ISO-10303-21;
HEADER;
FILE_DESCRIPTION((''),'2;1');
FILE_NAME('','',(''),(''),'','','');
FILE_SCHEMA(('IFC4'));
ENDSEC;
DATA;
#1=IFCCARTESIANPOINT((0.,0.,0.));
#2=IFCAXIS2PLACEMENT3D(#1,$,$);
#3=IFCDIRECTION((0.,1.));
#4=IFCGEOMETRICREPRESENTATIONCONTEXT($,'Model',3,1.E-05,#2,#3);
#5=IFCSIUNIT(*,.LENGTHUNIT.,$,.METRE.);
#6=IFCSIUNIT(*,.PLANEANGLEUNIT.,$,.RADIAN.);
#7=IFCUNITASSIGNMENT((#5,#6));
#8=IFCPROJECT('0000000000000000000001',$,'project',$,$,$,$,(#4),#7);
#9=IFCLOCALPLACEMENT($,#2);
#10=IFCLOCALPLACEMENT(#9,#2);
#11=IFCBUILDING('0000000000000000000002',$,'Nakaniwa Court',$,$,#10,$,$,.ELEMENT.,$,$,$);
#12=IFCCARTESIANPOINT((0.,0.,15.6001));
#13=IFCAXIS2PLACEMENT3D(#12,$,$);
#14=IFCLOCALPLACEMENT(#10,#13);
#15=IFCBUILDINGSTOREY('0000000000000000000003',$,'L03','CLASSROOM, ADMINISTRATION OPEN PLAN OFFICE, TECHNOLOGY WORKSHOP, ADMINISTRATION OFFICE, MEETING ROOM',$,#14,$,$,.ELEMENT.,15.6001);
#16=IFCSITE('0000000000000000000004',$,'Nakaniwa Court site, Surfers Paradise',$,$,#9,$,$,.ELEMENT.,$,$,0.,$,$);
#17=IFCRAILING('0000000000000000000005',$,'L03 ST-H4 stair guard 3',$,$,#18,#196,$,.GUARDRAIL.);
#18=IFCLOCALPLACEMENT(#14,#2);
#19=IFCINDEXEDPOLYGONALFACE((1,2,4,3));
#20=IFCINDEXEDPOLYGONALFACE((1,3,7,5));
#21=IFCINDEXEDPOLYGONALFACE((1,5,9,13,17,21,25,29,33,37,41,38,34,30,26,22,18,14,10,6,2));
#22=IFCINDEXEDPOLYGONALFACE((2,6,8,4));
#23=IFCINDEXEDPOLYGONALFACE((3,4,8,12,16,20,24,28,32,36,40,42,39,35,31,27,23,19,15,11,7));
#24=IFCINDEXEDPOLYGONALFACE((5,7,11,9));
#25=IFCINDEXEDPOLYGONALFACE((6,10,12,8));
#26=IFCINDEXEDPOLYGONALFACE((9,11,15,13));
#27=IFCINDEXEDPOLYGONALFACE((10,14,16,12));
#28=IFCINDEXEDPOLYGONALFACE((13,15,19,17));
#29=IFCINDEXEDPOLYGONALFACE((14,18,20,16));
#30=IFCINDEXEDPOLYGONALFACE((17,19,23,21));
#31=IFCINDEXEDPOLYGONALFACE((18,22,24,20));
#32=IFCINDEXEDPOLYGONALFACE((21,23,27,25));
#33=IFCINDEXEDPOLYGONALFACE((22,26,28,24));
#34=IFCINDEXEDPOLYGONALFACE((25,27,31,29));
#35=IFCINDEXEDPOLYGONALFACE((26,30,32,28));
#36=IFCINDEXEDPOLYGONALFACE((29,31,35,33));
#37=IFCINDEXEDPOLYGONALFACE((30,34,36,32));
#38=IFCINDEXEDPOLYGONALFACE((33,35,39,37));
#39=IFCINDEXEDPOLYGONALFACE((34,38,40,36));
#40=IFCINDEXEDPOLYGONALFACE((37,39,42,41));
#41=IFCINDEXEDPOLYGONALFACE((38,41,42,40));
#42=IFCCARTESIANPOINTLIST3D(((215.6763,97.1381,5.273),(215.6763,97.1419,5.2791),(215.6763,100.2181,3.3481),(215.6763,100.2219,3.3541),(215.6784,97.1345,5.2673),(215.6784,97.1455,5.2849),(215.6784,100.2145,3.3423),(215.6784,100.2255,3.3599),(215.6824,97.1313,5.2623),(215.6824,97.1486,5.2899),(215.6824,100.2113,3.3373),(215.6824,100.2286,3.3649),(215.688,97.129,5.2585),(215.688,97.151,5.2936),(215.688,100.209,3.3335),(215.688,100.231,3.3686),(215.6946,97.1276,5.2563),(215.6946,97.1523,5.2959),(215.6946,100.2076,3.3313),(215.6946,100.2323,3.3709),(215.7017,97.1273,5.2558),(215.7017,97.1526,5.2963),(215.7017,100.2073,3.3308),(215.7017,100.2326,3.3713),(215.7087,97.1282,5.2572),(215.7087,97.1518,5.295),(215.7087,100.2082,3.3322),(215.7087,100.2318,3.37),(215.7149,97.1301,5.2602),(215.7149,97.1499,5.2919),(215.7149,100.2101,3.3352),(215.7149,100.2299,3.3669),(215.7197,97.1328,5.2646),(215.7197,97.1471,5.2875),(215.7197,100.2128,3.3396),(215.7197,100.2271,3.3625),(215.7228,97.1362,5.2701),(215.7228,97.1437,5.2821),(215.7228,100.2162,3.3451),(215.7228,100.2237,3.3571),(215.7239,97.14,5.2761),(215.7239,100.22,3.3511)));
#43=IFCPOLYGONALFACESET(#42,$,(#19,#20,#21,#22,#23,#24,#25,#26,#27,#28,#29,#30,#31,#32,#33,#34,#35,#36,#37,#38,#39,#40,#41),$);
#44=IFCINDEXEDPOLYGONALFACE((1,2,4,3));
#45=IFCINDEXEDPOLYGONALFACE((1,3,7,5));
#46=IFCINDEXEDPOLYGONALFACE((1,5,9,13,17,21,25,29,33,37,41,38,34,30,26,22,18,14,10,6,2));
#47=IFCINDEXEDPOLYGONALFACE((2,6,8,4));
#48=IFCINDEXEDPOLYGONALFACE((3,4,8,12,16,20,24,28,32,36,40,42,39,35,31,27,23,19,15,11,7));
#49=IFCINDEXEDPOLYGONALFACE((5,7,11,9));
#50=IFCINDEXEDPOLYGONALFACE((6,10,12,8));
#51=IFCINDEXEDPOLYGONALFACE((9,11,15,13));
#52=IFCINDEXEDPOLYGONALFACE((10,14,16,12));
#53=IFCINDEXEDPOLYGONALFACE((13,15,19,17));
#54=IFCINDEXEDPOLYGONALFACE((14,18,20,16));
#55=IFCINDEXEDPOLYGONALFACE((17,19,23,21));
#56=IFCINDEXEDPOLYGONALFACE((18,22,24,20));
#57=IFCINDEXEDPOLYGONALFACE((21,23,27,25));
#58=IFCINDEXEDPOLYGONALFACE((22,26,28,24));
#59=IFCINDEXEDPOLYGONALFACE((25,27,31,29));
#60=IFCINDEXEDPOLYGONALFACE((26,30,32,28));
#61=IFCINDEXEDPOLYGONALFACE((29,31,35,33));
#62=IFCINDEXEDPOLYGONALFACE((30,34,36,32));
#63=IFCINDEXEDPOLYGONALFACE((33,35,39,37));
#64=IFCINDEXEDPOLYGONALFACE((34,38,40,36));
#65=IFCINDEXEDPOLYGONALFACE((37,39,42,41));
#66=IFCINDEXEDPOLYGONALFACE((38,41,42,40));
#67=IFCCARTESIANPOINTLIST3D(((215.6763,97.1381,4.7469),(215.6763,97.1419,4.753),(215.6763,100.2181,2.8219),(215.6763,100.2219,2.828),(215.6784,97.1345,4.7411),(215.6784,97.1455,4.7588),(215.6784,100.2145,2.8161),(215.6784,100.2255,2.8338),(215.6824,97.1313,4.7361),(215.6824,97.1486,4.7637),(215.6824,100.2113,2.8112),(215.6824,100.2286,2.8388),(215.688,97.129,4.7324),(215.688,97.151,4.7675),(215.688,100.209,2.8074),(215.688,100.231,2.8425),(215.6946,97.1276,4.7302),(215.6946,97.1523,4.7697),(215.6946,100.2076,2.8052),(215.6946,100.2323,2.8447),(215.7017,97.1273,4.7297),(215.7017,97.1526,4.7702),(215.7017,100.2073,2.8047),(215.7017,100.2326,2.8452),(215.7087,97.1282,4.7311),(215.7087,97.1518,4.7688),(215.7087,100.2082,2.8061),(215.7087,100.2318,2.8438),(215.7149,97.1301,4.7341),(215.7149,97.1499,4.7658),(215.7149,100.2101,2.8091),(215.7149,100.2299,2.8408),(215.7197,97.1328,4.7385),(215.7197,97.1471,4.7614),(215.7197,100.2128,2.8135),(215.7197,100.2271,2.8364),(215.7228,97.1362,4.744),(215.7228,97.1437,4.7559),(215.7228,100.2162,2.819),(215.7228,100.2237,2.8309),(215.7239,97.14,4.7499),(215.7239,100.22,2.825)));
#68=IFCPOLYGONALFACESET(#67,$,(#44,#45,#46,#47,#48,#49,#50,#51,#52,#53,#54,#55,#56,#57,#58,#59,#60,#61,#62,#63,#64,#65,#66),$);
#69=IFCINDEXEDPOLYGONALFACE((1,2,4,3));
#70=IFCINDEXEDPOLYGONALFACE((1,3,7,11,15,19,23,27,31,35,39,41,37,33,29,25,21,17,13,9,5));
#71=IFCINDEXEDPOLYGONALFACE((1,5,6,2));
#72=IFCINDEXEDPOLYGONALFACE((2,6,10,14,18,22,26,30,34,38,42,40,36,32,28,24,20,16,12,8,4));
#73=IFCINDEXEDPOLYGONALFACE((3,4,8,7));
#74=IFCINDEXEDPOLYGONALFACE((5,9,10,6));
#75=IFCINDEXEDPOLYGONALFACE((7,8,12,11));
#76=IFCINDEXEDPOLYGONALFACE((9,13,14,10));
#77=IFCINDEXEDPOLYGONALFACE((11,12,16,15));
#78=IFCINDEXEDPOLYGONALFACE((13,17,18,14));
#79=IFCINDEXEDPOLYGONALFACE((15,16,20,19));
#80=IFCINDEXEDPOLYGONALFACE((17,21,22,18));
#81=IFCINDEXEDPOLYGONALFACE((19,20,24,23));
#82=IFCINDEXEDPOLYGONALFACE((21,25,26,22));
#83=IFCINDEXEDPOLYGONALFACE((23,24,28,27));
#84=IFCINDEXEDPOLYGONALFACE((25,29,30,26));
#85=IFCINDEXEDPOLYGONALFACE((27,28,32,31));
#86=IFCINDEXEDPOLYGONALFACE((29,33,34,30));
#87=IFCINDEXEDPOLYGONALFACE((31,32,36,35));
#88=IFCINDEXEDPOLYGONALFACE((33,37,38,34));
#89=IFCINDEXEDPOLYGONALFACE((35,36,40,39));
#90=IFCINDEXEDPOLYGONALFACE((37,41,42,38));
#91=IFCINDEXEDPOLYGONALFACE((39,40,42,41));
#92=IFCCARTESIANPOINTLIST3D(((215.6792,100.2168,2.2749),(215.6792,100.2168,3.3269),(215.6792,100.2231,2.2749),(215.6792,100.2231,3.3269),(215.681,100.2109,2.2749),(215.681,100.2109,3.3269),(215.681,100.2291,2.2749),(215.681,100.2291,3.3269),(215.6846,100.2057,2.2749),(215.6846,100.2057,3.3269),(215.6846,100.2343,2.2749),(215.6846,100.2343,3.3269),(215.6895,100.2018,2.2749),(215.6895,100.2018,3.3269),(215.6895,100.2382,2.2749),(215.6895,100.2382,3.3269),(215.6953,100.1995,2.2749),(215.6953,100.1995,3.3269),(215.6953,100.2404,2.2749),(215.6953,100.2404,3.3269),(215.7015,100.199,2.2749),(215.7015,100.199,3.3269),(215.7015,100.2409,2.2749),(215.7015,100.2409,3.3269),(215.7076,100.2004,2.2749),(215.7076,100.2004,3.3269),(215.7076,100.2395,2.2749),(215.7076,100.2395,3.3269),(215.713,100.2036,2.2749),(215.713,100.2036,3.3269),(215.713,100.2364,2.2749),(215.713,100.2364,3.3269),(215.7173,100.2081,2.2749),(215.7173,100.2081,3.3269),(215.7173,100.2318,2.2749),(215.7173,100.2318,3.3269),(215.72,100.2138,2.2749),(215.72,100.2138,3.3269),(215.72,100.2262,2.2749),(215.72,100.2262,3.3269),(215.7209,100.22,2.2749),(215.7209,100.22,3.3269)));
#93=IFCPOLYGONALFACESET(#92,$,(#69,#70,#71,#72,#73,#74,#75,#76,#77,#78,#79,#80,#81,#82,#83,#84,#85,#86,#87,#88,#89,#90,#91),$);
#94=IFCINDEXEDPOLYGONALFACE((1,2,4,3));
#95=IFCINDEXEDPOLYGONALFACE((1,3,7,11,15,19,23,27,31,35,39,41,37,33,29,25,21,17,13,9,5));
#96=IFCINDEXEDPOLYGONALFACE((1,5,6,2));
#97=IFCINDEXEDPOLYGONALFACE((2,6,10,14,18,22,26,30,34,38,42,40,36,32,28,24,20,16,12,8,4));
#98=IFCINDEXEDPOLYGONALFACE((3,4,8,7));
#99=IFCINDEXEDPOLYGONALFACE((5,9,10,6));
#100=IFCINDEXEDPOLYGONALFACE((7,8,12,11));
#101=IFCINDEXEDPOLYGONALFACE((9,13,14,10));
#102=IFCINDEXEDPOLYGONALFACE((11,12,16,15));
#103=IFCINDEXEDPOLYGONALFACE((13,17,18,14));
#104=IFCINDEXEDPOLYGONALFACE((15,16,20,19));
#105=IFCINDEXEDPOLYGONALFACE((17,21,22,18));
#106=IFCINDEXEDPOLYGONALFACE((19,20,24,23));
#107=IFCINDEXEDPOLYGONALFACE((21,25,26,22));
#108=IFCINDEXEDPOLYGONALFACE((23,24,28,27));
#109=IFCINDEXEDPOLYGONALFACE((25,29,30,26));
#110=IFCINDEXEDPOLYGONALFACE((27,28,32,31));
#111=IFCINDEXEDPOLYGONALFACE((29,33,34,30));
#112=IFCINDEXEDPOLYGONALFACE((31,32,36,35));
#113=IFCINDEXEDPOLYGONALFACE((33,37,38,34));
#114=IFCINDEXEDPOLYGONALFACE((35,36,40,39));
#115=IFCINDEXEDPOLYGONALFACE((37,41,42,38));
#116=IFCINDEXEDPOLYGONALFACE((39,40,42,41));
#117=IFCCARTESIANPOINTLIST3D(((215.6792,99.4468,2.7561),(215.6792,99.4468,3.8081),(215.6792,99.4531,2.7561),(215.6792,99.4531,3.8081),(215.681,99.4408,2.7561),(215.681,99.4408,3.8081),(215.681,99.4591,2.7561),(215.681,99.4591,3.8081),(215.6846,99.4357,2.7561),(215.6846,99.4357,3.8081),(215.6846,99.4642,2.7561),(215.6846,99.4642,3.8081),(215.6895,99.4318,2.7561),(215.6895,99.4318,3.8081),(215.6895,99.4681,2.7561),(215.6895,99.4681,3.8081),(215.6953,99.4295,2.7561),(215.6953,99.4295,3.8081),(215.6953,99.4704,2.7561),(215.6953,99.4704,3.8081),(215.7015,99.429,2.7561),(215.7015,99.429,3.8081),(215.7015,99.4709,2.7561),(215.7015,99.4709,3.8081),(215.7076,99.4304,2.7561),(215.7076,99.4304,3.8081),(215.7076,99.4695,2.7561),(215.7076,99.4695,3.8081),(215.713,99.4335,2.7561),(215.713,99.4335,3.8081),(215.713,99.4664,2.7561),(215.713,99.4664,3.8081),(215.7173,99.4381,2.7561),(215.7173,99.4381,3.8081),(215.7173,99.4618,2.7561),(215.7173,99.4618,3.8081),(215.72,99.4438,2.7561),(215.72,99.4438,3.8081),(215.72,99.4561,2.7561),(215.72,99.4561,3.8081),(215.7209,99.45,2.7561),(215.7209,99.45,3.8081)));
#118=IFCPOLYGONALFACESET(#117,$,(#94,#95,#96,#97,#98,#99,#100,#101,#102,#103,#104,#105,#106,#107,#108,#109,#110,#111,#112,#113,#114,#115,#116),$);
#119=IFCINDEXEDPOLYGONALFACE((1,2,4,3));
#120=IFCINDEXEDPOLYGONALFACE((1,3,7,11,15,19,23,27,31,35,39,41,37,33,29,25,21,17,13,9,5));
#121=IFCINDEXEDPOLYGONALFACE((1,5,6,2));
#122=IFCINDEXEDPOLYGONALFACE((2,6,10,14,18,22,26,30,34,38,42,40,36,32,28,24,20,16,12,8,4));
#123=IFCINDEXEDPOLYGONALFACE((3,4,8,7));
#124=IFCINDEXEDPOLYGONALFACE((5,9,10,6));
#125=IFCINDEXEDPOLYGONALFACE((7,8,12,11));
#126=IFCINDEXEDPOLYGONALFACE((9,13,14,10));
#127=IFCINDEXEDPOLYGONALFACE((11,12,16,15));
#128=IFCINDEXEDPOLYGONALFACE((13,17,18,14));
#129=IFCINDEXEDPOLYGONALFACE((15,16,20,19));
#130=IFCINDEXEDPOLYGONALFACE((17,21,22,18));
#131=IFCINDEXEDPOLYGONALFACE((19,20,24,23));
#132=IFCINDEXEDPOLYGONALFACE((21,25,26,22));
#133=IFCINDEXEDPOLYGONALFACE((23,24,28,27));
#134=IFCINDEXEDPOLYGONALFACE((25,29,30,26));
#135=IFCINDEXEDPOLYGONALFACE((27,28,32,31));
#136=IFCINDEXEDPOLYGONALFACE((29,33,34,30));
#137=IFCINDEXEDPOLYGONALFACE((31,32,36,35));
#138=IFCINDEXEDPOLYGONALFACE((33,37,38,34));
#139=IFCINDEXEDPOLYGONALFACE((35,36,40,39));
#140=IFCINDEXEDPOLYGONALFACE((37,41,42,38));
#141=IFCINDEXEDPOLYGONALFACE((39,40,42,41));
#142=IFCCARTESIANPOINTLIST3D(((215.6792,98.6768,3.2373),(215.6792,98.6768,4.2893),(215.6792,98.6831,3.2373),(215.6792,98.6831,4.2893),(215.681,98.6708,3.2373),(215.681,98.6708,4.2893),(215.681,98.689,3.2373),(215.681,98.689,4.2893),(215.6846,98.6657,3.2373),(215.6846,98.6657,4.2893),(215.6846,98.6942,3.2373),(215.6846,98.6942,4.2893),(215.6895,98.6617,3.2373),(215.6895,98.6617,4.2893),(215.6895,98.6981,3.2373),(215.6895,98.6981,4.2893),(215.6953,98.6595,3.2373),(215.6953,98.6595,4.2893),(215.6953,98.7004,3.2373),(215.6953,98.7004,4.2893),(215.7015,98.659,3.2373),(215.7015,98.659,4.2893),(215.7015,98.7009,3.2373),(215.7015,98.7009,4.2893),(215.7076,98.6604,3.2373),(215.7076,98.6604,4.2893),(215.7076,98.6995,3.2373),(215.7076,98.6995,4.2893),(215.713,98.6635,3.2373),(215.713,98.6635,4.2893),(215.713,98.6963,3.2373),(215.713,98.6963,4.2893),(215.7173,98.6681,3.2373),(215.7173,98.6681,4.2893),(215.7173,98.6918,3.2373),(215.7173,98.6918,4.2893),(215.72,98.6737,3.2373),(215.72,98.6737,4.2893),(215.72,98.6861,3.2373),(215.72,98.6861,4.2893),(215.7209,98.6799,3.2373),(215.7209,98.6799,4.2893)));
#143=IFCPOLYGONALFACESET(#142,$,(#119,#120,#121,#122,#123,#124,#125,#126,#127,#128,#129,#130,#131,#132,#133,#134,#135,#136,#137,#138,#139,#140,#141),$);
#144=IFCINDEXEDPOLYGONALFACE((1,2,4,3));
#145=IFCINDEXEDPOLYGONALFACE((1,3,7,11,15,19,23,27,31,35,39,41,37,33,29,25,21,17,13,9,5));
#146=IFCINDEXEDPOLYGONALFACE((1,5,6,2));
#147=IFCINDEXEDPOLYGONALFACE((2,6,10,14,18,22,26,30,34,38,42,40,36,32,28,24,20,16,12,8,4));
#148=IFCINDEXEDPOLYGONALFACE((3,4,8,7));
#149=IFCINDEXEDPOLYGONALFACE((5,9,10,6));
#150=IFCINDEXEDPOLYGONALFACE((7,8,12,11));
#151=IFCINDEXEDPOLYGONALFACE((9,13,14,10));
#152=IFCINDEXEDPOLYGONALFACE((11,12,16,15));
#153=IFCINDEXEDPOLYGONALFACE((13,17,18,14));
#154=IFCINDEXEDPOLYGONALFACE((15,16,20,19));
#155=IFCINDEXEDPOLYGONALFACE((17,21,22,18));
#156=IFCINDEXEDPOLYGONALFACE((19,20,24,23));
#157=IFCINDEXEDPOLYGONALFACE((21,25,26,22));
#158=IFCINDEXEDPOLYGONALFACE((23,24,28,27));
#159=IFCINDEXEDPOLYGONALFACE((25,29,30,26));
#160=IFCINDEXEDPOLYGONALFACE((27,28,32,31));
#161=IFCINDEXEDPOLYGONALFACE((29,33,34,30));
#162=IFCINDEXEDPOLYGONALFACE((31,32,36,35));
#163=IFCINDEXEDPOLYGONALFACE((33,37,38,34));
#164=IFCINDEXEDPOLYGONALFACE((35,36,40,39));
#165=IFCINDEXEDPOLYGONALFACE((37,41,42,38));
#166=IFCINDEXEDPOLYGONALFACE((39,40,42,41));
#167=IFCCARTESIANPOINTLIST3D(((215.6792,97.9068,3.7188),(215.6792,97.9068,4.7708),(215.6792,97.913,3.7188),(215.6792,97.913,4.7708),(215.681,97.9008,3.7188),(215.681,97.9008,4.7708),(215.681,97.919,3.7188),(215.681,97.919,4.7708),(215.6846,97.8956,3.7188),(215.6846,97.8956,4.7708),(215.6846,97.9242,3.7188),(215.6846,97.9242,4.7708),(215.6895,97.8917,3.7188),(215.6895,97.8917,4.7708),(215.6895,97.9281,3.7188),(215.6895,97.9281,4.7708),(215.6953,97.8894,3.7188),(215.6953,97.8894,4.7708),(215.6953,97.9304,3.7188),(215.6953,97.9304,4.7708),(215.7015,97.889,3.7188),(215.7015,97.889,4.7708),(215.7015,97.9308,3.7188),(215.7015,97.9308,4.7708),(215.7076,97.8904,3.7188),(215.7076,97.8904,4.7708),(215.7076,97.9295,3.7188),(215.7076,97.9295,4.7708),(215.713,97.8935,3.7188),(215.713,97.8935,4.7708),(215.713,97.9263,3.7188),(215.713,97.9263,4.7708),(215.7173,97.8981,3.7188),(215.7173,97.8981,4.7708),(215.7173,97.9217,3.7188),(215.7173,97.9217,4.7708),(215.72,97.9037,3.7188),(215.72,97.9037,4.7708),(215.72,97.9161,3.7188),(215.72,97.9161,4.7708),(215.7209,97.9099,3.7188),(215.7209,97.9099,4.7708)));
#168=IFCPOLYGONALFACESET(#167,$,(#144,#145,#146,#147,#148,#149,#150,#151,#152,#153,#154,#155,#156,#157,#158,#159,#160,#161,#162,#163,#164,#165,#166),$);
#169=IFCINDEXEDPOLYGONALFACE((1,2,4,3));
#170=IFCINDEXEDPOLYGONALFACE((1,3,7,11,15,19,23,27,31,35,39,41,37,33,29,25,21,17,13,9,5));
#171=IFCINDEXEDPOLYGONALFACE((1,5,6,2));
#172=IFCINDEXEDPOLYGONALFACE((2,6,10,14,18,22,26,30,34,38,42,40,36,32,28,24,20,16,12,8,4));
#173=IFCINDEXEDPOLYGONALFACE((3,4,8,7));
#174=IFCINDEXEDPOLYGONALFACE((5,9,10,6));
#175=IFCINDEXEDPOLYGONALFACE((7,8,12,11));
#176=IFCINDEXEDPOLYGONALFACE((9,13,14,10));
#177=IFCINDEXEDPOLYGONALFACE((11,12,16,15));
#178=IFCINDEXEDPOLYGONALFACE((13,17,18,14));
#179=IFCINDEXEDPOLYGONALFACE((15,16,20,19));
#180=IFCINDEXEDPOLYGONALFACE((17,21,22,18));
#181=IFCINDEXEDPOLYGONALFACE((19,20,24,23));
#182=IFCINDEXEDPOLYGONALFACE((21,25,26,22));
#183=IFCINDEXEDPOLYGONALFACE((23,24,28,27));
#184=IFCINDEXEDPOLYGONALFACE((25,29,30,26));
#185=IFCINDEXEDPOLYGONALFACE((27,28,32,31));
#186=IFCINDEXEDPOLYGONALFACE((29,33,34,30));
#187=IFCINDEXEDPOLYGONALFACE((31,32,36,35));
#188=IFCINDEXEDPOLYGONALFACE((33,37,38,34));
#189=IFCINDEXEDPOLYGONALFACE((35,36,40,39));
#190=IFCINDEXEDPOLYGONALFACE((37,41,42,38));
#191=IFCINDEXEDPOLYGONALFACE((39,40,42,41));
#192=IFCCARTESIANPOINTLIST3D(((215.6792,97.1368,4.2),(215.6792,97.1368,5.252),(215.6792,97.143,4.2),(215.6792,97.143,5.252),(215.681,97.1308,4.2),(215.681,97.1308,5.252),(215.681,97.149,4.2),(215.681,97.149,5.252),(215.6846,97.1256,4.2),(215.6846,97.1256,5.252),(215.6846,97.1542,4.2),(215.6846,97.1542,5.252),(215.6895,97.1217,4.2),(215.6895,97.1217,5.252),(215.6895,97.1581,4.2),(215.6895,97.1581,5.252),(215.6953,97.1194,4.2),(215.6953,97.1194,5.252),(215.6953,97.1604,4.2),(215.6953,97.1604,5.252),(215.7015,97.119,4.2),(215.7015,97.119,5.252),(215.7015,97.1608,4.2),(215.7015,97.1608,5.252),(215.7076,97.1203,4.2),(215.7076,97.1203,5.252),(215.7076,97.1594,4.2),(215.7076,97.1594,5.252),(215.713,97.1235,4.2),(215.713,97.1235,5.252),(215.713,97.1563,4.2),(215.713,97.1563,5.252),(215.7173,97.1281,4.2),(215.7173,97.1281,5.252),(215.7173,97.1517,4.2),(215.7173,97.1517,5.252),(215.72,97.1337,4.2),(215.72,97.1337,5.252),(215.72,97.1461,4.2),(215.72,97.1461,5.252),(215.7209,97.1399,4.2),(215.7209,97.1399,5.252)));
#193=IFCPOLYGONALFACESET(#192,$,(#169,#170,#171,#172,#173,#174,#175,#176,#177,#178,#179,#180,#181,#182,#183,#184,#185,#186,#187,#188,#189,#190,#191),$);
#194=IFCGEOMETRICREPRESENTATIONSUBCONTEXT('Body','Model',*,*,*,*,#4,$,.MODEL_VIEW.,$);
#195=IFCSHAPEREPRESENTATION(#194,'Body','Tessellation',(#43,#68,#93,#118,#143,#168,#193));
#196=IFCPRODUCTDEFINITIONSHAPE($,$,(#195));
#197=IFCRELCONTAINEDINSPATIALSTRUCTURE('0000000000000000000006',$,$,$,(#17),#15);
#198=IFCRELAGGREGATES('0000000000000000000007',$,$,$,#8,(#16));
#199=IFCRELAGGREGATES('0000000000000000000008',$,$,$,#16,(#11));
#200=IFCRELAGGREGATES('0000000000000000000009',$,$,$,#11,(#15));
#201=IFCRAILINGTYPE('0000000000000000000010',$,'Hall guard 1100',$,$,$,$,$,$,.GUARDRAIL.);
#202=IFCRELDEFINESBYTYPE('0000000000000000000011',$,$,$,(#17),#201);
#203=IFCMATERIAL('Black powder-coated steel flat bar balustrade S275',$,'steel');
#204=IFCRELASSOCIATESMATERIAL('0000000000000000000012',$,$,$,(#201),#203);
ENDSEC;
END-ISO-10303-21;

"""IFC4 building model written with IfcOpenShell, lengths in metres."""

from ifc_helpers import new_model, si_unit, direction, frame, origin, origin_2d, place, context, subcontext, project, spatial, circle, extrude, material, type_object, element, save


model = new_model("IFC4")

# Units and contexts
model_context = context("Model", 3, precision=1e-05, world=origin(), true_north=direction((0.0, 1.0)))
body_context = subcontext(model_context, "Body", "Model", "MODEL_VIEW")
ifc_project = project(units=[si_unit("LENGTHUNIT", "METRE"), si_unit("PLANEANGLEUNIT", "RADIAN")], contexts=[model_context])

# Site, building, storey
site_placement = place(None, origin())
site = spatial("IfcSite", under=ifc_project, at=site_placement, Name="Nakaniwa Court site, Surfers Paradise", CompositionType="ELEMENT", RefElevation=0.0)
building_placement = place(site_placement, origin())
building = spatial("IfcBuilding", under=site, at=building_placement, Name="Nakaniwa Court", CompositionType="ELEMENT")
storey_placement = place(building_placement, frame((0.0, 0.0, 15.6001)))
storey = spatial("IfcBuildingStorey", under=building, at=storey_placement, Name="L03", Description="CLASSROOM, ADMINISTRATION OPEN PLAN OFFICE, TECHNOLOGY WORKSHOP, ADMINISTRATION OFFICE, MEETING ROOM", CompositionType="ELEMENT", Elevation=15.6001)

# Railing
ifc_material_1 = material(Name="Black powder-coated steel flat bar balustrade S275", Category="steel")
railing_type_1 = type_object("IfcRailingType", Name="Hall guard 1100", PredefinedType="GUARDRAIL", material=ifc_material_1)
railing_1_placement = place(storey_placement, frame((215.7, 100.22, 2.2749)))
element("IfcRailing", 1, at=railing_1_placement, inside=storey, type_object=railing_type_1, Name="L03 ST-H4 stair guard 3", PredefinedType="GUARDRAIL", context=body_context, shape_type="SweptSolid", body=[
    extrude(circle(Radius=0.0239, at=origin_2d()), frame((0.0, 0.0, 1.0762), z_axis=(0.0, -0.847998, 0.529999), x_axis=(1.0, 0.0, 0.0)), (0.0, 0.0, 1.0), 3.6321),
    extrude(circle(Radius=0.0239, at=origin_2d()), frame((0.0, 0.0, 0.55), z_axis=(0.0, -0.847998, 0.529999), x_axis=(1.0, 0.0, 0.0)), (0.0, 0.0, 1.0), 3.6321),
    extrude(circle(Radius=0.021, at=origin_2d()), origin(), (0.0, 0.0, 1.0), 1.052),
    extrude(circle(Radius=0.021, at=origin_2d()), frame((0.0, -0.77, 0.4812)), (0.0, 0.0, 1.0), 1.052),
    extrude(circle(Radius=0.021, at=origin_2d()), frame((0.0, -1.54, 0.9624)), (0.0, 0.0, 1.0), 1.052),
    extrude(circle(Radius=0.021, at=origin_2d()), frame((0.0, -2.3101, 1.4438)), (0.0, 0.0, 1.0), 1.052),
    extrude(circle(Radius=0.021, at=origin_2d()), frame((0.0, -3.0801, 1.925)), (0.0, 0.0, 1.0), 1.052),
])

save(model, "model.ifc")
